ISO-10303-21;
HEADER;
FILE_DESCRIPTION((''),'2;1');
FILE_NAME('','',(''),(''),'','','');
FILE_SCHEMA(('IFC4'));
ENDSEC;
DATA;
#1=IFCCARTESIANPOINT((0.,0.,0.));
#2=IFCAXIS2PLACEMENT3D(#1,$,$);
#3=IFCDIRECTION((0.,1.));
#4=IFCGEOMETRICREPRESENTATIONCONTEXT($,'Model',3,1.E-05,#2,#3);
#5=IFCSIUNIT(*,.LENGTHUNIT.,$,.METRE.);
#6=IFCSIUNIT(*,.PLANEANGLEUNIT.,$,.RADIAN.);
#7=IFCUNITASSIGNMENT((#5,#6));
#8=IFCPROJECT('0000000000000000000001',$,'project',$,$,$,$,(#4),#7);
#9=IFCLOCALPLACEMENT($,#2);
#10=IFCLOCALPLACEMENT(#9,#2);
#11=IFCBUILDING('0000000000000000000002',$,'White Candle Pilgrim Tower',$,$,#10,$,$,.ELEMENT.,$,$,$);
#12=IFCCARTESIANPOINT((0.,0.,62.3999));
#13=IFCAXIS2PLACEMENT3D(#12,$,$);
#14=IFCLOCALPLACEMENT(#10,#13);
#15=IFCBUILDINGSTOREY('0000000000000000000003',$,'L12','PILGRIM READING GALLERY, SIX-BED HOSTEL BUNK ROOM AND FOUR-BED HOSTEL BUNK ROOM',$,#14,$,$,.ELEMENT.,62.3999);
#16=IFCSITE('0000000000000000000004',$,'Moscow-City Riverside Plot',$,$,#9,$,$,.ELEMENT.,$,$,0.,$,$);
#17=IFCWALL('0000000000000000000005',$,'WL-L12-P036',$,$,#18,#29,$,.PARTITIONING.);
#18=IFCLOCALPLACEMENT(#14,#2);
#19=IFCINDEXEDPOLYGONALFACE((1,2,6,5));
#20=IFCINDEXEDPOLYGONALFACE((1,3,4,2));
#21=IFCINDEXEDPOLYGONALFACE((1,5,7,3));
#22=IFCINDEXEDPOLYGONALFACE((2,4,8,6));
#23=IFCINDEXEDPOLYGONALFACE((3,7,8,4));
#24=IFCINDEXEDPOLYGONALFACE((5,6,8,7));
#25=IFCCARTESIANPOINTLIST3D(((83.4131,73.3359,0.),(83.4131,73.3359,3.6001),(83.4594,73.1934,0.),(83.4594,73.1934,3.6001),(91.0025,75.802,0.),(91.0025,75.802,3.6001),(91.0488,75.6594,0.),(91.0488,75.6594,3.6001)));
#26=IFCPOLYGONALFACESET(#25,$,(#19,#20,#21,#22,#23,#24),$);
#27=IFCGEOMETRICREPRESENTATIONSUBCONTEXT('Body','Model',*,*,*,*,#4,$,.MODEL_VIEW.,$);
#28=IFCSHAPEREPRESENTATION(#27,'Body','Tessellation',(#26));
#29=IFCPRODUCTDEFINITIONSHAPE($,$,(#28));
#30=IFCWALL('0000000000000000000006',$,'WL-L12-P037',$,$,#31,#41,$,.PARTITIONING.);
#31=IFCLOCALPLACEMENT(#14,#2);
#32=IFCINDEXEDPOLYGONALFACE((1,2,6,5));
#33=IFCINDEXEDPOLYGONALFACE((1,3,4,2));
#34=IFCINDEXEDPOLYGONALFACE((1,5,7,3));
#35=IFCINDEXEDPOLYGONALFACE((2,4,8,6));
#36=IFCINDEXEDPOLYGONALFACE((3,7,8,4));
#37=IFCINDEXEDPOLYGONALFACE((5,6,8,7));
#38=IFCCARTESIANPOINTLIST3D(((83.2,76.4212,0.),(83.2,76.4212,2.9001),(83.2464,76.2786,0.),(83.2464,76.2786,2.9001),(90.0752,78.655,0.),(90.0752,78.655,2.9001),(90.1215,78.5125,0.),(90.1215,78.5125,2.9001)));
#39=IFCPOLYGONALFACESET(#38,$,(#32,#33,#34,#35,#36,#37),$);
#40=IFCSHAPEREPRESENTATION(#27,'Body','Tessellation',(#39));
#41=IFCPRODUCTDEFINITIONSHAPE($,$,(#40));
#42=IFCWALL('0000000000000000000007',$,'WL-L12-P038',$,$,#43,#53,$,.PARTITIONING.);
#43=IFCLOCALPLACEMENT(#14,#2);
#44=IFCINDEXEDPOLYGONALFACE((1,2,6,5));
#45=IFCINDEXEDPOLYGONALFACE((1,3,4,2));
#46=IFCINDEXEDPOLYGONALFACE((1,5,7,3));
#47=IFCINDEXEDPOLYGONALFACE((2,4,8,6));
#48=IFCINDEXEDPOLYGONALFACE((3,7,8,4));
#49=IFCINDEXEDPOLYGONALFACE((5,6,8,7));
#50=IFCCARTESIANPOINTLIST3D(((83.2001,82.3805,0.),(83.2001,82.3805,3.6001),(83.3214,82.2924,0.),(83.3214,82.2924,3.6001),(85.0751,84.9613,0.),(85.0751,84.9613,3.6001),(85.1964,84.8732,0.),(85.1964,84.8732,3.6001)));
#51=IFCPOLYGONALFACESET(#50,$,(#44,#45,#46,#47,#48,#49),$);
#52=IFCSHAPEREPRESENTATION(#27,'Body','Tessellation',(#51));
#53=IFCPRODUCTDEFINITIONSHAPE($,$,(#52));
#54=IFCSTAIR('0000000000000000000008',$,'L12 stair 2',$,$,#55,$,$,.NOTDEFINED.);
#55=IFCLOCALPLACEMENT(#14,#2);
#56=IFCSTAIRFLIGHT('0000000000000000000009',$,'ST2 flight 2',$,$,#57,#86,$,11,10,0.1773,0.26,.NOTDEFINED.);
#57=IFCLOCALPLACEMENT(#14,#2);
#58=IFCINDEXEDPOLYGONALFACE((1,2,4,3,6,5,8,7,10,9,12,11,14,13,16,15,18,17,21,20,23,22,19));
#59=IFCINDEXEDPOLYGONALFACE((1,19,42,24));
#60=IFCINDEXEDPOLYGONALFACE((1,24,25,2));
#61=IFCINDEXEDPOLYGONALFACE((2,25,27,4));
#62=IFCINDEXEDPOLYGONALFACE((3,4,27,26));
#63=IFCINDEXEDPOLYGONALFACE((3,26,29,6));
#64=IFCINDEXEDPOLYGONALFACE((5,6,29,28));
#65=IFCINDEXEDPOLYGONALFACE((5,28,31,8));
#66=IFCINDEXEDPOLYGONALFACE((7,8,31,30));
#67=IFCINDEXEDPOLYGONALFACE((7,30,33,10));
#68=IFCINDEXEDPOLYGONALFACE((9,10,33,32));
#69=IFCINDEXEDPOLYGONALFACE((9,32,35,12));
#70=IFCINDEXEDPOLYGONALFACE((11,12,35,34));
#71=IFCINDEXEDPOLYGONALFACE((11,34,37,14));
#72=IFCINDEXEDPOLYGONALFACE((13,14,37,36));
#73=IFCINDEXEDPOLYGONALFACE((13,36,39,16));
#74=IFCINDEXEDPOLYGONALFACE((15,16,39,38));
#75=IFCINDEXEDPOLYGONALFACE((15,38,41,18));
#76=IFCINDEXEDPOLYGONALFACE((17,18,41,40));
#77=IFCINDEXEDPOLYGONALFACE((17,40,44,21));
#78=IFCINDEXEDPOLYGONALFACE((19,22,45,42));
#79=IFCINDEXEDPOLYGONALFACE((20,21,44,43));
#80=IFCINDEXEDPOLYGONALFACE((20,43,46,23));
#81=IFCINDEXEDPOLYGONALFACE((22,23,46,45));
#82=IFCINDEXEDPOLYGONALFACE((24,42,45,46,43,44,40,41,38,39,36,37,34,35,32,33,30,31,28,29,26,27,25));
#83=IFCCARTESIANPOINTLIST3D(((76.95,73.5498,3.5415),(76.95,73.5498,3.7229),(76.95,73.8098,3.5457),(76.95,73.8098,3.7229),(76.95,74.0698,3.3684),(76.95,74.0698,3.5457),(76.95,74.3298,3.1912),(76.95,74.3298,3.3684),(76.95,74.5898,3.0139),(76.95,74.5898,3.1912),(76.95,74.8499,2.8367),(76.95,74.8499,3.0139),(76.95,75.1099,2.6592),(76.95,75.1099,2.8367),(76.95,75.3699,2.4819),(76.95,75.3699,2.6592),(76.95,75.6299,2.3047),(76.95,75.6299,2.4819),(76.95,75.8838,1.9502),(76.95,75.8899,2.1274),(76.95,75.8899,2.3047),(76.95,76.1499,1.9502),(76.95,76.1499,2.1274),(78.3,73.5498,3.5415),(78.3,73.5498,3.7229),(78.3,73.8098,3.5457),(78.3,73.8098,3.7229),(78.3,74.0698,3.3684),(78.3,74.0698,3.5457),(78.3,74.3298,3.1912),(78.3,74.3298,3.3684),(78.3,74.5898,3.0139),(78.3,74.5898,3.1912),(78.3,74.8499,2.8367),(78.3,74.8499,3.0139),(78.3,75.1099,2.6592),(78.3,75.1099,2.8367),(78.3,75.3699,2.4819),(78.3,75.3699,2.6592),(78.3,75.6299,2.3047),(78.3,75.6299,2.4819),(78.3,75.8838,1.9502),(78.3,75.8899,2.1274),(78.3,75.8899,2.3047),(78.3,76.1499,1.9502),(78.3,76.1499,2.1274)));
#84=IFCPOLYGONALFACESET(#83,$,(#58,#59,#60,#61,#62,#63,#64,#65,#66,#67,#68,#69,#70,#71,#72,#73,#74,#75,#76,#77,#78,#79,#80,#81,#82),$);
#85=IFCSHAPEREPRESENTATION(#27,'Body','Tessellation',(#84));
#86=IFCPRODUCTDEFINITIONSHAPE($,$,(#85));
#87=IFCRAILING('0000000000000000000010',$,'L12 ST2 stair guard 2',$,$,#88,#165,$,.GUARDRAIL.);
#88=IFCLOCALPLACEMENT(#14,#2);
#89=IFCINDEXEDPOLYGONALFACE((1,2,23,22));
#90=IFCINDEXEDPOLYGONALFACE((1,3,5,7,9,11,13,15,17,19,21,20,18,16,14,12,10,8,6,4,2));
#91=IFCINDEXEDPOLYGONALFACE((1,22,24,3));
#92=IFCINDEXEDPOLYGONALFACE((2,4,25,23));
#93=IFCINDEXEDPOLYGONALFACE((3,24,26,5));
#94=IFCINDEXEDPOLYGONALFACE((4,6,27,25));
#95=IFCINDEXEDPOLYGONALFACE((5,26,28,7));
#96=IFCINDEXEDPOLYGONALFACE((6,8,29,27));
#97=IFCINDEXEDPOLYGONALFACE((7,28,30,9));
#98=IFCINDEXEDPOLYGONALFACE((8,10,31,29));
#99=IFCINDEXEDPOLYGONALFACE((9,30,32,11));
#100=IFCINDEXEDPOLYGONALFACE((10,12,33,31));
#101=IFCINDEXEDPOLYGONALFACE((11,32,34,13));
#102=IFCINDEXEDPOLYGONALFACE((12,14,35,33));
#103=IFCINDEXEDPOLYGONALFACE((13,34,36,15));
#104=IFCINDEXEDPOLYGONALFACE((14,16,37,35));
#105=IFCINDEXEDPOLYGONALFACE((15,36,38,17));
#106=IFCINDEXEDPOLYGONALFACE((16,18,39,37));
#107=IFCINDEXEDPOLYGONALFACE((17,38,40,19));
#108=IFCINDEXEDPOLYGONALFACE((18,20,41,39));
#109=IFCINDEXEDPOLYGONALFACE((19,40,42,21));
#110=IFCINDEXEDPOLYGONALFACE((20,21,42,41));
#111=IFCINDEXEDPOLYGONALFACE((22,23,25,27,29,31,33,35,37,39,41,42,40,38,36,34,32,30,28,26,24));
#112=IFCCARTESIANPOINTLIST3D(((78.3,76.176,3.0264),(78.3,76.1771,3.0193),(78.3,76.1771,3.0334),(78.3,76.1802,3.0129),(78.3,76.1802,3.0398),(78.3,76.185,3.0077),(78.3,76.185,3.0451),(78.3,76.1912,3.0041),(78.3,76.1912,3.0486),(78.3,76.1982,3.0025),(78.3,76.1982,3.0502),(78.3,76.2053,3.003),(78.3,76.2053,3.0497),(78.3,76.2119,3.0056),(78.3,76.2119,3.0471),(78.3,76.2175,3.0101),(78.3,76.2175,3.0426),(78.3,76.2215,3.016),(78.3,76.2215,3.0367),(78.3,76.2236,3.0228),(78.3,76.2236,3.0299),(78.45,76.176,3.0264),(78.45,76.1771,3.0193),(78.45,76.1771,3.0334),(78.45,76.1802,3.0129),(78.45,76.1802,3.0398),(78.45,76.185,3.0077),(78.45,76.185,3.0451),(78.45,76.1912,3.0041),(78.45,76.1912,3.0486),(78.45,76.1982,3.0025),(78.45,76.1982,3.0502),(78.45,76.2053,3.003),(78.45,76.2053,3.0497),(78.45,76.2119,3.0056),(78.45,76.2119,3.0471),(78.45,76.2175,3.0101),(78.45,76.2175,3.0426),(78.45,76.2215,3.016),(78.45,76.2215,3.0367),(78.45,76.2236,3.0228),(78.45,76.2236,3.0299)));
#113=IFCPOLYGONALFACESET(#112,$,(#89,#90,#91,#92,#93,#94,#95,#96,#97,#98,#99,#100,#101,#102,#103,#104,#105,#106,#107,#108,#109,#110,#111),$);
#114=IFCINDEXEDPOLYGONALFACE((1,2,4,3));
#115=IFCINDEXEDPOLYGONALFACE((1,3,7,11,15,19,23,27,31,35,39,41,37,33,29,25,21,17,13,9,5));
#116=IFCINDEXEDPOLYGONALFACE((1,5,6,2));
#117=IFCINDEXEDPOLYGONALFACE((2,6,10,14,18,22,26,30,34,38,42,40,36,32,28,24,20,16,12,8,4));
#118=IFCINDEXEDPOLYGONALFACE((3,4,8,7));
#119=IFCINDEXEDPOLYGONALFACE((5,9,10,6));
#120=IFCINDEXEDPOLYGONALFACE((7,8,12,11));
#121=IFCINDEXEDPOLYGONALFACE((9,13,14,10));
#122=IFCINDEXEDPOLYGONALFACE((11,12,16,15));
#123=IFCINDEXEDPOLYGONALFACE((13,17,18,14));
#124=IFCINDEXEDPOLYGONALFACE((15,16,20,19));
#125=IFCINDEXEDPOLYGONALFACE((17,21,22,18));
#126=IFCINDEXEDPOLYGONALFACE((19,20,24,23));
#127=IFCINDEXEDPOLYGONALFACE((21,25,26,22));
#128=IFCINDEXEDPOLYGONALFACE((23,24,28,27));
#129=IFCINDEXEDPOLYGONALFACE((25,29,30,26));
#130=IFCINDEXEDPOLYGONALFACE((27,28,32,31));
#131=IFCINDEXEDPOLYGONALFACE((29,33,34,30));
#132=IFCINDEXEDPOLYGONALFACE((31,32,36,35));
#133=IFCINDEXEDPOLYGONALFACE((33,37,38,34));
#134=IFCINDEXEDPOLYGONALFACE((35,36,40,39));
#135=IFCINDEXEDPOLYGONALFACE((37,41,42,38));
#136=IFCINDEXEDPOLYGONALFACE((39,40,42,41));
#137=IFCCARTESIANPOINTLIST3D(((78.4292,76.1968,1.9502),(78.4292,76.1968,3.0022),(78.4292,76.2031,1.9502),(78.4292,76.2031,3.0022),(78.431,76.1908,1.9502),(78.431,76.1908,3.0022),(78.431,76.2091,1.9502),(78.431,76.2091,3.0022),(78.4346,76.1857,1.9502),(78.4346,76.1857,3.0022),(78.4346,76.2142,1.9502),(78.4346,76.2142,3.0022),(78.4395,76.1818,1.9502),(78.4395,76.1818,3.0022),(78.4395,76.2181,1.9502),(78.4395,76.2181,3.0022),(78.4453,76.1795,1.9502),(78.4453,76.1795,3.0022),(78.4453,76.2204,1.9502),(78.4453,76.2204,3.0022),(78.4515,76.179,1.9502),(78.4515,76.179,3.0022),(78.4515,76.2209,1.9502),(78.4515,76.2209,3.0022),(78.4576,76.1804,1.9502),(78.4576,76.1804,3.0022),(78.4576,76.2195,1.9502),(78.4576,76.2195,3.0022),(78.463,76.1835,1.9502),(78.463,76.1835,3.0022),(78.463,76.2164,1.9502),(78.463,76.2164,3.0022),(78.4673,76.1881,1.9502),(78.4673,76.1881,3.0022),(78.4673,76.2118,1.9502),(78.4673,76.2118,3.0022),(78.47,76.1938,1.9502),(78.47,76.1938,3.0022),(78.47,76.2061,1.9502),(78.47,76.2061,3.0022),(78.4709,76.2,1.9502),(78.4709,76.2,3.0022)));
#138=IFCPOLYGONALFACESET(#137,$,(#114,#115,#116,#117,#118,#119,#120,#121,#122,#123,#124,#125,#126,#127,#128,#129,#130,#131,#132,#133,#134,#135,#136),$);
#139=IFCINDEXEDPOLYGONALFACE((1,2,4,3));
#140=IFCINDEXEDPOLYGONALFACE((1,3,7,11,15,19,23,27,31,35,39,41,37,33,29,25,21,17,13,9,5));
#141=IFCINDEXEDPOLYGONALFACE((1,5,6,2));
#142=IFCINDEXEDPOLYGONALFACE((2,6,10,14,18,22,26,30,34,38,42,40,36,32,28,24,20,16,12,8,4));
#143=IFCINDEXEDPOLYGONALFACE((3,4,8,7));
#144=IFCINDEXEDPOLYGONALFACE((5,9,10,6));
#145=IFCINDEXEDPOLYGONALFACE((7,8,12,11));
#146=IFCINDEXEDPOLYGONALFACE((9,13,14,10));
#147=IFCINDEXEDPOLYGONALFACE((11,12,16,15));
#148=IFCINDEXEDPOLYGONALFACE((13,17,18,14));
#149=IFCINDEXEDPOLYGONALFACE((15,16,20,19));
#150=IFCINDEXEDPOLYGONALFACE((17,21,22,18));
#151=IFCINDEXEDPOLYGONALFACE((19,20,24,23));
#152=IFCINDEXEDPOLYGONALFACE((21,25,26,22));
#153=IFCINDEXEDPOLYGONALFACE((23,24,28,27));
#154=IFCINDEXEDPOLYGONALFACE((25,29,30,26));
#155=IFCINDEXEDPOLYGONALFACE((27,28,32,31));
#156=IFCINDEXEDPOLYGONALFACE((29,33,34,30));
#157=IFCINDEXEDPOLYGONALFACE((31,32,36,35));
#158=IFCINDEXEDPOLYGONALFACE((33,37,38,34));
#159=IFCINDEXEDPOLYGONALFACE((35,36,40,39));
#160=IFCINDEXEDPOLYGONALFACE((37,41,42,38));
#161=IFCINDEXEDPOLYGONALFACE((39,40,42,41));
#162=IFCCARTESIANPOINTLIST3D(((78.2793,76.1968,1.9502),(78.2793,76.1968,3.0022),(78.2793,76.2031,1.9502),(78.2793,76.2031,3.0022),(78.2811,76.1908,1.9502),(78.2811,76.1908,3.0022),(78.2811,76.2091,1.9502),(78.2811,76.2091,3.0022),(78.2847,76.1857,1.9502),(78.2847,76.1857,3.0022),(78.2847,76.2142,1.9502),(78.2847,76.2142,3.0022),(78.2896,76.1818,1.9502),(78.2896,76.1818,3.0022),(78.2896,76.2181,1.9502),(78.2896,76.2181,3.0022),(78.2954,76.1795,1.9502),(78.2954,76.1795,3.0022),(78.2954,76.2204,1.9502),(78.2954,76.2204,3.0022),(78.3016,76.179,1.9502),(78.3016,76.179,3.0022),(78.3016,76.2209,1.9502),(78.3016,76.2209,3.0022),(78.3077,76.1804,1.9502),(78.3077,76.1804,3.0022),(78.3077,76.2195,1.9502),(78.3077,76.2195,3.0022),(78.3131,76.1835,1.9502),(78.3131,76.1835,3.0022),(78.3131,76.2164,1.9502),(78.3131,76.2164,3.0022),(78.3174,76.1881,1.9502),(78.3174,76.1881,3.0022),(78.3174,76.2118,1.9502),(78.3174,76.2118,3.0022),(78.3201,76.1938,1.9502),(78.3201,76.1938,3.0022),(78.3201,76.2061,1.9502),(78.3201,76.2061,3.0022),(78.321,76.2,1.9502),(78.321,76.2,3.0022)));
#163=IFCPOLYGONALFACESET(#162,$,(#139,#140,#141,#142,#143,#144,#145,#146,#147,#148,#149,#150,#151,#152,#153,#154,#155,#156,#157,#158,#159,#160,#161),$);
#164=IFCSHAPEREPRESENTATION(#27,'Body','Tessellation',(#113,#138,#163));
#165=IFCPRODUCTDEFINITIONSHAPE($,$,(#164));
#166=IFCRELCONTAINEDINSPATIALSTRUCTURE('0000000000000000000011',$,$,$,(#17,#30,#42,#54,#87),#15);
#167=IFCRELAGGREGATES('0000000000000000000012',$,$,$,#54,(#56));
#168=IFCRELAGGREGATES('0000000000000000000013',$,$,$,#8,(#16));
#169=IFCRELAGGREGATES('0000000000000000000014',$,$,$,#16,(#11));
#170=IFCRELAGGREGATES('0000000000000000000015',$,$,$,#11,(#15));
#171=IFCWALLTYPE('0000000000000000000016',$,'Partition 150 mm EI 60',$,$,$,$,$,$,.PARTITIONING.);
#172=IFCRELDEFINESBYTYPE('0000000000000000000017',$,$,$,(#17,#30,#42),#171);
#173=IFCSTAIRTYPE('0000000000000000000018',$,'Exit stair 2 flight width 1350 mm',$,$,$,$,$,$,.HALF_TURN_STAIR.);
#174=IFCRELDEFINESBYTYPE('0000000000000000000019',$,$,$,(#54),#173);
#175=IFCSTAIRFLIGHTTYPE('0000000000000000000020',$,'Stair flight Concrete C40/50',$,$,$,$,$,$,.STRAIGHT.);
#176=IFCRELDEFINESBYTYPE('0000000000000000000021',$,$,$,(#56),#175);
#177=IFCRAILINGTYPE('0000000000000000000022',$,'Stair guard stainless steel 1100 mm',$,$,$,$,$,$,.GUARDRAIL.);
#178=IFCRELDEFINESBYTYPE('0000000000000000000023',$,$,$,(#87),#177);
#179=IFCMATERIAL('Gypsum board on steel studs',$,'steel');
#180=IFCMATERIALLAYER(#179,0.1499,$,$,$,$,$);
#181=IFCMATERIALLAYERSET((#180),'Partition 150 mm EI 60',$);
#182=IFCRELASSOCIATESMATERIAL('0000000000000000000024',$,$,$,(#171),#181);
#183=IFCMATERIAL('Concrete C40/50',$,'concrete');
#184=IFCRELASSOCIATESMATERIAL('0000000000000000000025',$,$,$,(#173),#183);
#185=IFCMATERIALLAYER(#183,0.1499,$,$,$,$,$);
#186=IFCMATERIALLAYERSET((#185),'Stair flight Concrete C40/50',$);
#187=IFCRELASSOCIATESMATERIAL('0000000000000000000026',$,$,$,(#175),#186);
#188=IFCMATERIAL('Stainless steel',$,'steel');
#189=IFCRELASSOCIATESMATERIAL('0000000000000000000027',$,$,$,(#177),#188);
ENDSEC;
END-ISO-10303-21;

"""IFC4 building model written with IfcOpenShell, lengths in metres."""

from ifc_helpers import new_model, si_unit, direction, frame, frame_2d, origin, origin_2d, place, context, subcontext, project, spatial, polyline, rectangle, circle, outline, extrude, material, layer, layer_set, type_object, element, aggregate, save


model = new_model("IFC4")

# Units and contexts
model_context = context("Model", 3, precision=1e-05, world=origin(), true_north=direction((0.0, 1.0)))
body_context = subcontext(model_context, "Body", "Model", "MODEL_VIEW")
ifc_project = project(units=[si_unit("LENGTHUNIT", "METRE"), si_unit("PLANEANGLEUNIT", "RADIAN")], contexts=[model_context])

# Site, building, storey
site_placement = place(None, origin())
site = spatial("IfcSite", under=ifc_project, at=site_placement, Name="Moscow-City Riverside Plot", CompositionType="ELEMENT", RefElevation=0.0)
building_placement = place(site_placement, origin())
building = spatial("IfcBuilding", under=site, at=building_placement, Name="White Candle Pilgrim Tower", CompositionType="ELEMENT")
storey_placement = place(building_placement, frame((0.0, 0.0, 62.3999)))
storey = spatial("IfcBuildingStorey", under=building, at=storey_placement, Name="L12", Description="PILGRIM READING GALLERY, SIX-BED HOSTEL BUNK ROOM AND FOUR-BED HOSTEL BUNK ROOM", CompositionType="ELEMENT", Elevation=62.3999)

# Shared definitions
ifc_material_1 = material(Name="Gypsum board on steel studs", Category="steel")

# Walls
ifc_layer_1 = layer(ifc_material_1, 0.1499)
ifc_layer_set_1 = layer_set([ifc_layer_1], Name="Partition 150 mm EI 60")
wall_type_1 = type_object("IfcWallType", Name="Partition 150 mm EI 60", PredefinedType="PARTITIONING", material=ifc_layer_set_1)
wall_1_placement = place(storey_placement, frame((91.0256, 75.7307, 0.0), z_axis=(0.0, 0.0, 1.0), x_axis=(-0.951052, -0.309032, 0.0)))
element("IfcWall", 1, at=wall_1_placement, inside=storey, type_object=wall_type_1, Name="WL-L12-P036", PredefinedType="PARTITIONING", context=body_context, shape_type="SweptSolid", body=[
    extrude(rectangle(XDim=7.98, YDim=0.1499, at=frame_2d((3.99, 0.0))), origin(), (0.0, 0.0, 1.0), 3.6001),
])
wall_2_placement = place(storey_placement, frame((90.0984, 78.5837, 0.0), z_axis=(0.0, 0.0, 1.0), x_axis=(-0.951057, -0.309015, 0.0)))
element("IfcWall", 2, at=wall_2_placement, inside=storey, type_object=wall_type_1, Name="WL-L12-P037", PredefinedType="PARTITIONING", context=body_context, shape_type="SweptSolid", body=[
    extrude(rectangle(XDim=7.229, YDim=0.1499, at=frame_2d((3.6145, 0.0))), origin(), (0.0, 0.0, 1.0), 2.9001),
])
wall_3_placement = place(storey_placement, frame((85.1357, 84.9172, 0.0), z_axis=(0.0, 0.0, 1.0), x_axis=(-0.587771, -0.809027, 0.0)))
element("IfcWall", 3, at=wall_3_placement, inside=storey, type_object=wall_type_1, Name="WL-L12-P038", PredefinedType="PARTITIONING", context=body_context, shape_type="SweptSolid", body=[
    extrude(rectangle(XDim=3.1899, YDim=0.1499, at=frame_2d((1.595, 0.0))), origin(), (0.0, 0.0, 1.0), 3.6001),
])

# Stair, stair flight
ifc_material_2 = material(Name="Concrete C40/50", Category="concrete")
stair_type = type_object("IfcStairType", Name="Exit stair 2 flight width 1350 mm", PredefinedType="HALF_TURN_STAIR", material=ifc_material_2)
stair_placement = place(storey_placement, origin())
stair = element("IfcStair", 4, at=stair_placement, inside=storey, type_object=stair_type, Name="L12 stair 2", PredefinedType="NOTDEFINED")
ifc_layer_2 = layer(ifc_material_2, 0.1499)
ifc_layer_set_2 = layer_set([ifc_layer_2], Name="Stair flight Concrete C40/50")
stair_flight_type = type_object("IfcStairFlightType", Name="Stair flight Concrete C40/50", PredefinedType="STRAIGHT", material=ifc_layer_set_2)
stair_flight_placement = place(storey_placement, frame((77.625, 76.1499, 1.9502), z_axis=(0.0, 0.0, 1.0), x_axis=(0.0, -1.0, 0.0)))
stair_flight = element("IfcStairFlight", 5, at=stair_flight_placement, type_object=stair_flight_type, Name="ST2 flight 2", NumberOfRisers=11, NumberOfTreads=10, PredefinedType="NOTDEFINED", RiserHeight=0.1773, TreadLength=0.26, context=body_context, shape_type="SweptSolid", body=[
    extrude(outline(polyline([(0.0, 0.0), (0.0, 0.1772), (0.26, 0.1772), (0.26, 0.3545), (0.52, 0.3545), (0.52, 0.5317), (0.78, 0.5317), (0.78, 0.709), (1.04, 0.709), (1.04, 0.8865), (1.3, 0.8865), (1.3, 1.0637), (1.5601, 1.0637), (1.5601, 1.241), (1.8201, 1.241), (1.8201, 1.4182), (2.0801, 1.4182), (2.0801, 1.5955), (2.3401, 1.5955), (2.3401, 1.7727), (2.6001, 1.7727), (2.6001, 1.95), (2.6001, 1.5913), (0.2661, 0.0), (0.0, 0.0)])), frame((0.0, 0.675, 0.0), z_axis=(0.0, -1.0, 0.0), x_axis=(1.0, 0.0, 0.0)), (0.0, 0.0, 1.0), 1.3501),
])
aggregate(stair, [stair_flight])

# Railing
ifc_material_3 = material(Name="Stainless steel", Category="steel")
railing_type = type_object("IfcRailingType", Name="Stair guard stainless steel 1100 mm", PredefinedType="GUARDRAIL", material=ifc_material_3)
railing_1_placement = place(storey_placement, frame((78.45, 76.2, 1.9502)))
element("IfcRailing", 6, at=railing_1_placement, inside=storey, type_object=railing_type, Name="L12 ST2 stair guard 2", PredefinedType="GUARDRAIL", context=body_context, shape_type="SweptSolid", body=[
    extrude(circle(Radius=0.0239, at=origin_2d()), frame((0.0, 0.0, 1.0762), z_axis=(-1.0, 0.0, 0.0), x_axis=(0.0, -1.0, 0.0)), (0.0, 0.0, 1.0), 0.1499),
    extrude(circle(Radius=0.021, at=origin_2d()), origin(), (0.0, 0.0, 1.0), 1.052),
    extrude(circle(Radius=0.021, at=origin_2d()), frame((-0.1499, 0.0, 0.0)), (0.0, 0.0, 1.0), 1.052),
])

save(model, "model.ifc")
